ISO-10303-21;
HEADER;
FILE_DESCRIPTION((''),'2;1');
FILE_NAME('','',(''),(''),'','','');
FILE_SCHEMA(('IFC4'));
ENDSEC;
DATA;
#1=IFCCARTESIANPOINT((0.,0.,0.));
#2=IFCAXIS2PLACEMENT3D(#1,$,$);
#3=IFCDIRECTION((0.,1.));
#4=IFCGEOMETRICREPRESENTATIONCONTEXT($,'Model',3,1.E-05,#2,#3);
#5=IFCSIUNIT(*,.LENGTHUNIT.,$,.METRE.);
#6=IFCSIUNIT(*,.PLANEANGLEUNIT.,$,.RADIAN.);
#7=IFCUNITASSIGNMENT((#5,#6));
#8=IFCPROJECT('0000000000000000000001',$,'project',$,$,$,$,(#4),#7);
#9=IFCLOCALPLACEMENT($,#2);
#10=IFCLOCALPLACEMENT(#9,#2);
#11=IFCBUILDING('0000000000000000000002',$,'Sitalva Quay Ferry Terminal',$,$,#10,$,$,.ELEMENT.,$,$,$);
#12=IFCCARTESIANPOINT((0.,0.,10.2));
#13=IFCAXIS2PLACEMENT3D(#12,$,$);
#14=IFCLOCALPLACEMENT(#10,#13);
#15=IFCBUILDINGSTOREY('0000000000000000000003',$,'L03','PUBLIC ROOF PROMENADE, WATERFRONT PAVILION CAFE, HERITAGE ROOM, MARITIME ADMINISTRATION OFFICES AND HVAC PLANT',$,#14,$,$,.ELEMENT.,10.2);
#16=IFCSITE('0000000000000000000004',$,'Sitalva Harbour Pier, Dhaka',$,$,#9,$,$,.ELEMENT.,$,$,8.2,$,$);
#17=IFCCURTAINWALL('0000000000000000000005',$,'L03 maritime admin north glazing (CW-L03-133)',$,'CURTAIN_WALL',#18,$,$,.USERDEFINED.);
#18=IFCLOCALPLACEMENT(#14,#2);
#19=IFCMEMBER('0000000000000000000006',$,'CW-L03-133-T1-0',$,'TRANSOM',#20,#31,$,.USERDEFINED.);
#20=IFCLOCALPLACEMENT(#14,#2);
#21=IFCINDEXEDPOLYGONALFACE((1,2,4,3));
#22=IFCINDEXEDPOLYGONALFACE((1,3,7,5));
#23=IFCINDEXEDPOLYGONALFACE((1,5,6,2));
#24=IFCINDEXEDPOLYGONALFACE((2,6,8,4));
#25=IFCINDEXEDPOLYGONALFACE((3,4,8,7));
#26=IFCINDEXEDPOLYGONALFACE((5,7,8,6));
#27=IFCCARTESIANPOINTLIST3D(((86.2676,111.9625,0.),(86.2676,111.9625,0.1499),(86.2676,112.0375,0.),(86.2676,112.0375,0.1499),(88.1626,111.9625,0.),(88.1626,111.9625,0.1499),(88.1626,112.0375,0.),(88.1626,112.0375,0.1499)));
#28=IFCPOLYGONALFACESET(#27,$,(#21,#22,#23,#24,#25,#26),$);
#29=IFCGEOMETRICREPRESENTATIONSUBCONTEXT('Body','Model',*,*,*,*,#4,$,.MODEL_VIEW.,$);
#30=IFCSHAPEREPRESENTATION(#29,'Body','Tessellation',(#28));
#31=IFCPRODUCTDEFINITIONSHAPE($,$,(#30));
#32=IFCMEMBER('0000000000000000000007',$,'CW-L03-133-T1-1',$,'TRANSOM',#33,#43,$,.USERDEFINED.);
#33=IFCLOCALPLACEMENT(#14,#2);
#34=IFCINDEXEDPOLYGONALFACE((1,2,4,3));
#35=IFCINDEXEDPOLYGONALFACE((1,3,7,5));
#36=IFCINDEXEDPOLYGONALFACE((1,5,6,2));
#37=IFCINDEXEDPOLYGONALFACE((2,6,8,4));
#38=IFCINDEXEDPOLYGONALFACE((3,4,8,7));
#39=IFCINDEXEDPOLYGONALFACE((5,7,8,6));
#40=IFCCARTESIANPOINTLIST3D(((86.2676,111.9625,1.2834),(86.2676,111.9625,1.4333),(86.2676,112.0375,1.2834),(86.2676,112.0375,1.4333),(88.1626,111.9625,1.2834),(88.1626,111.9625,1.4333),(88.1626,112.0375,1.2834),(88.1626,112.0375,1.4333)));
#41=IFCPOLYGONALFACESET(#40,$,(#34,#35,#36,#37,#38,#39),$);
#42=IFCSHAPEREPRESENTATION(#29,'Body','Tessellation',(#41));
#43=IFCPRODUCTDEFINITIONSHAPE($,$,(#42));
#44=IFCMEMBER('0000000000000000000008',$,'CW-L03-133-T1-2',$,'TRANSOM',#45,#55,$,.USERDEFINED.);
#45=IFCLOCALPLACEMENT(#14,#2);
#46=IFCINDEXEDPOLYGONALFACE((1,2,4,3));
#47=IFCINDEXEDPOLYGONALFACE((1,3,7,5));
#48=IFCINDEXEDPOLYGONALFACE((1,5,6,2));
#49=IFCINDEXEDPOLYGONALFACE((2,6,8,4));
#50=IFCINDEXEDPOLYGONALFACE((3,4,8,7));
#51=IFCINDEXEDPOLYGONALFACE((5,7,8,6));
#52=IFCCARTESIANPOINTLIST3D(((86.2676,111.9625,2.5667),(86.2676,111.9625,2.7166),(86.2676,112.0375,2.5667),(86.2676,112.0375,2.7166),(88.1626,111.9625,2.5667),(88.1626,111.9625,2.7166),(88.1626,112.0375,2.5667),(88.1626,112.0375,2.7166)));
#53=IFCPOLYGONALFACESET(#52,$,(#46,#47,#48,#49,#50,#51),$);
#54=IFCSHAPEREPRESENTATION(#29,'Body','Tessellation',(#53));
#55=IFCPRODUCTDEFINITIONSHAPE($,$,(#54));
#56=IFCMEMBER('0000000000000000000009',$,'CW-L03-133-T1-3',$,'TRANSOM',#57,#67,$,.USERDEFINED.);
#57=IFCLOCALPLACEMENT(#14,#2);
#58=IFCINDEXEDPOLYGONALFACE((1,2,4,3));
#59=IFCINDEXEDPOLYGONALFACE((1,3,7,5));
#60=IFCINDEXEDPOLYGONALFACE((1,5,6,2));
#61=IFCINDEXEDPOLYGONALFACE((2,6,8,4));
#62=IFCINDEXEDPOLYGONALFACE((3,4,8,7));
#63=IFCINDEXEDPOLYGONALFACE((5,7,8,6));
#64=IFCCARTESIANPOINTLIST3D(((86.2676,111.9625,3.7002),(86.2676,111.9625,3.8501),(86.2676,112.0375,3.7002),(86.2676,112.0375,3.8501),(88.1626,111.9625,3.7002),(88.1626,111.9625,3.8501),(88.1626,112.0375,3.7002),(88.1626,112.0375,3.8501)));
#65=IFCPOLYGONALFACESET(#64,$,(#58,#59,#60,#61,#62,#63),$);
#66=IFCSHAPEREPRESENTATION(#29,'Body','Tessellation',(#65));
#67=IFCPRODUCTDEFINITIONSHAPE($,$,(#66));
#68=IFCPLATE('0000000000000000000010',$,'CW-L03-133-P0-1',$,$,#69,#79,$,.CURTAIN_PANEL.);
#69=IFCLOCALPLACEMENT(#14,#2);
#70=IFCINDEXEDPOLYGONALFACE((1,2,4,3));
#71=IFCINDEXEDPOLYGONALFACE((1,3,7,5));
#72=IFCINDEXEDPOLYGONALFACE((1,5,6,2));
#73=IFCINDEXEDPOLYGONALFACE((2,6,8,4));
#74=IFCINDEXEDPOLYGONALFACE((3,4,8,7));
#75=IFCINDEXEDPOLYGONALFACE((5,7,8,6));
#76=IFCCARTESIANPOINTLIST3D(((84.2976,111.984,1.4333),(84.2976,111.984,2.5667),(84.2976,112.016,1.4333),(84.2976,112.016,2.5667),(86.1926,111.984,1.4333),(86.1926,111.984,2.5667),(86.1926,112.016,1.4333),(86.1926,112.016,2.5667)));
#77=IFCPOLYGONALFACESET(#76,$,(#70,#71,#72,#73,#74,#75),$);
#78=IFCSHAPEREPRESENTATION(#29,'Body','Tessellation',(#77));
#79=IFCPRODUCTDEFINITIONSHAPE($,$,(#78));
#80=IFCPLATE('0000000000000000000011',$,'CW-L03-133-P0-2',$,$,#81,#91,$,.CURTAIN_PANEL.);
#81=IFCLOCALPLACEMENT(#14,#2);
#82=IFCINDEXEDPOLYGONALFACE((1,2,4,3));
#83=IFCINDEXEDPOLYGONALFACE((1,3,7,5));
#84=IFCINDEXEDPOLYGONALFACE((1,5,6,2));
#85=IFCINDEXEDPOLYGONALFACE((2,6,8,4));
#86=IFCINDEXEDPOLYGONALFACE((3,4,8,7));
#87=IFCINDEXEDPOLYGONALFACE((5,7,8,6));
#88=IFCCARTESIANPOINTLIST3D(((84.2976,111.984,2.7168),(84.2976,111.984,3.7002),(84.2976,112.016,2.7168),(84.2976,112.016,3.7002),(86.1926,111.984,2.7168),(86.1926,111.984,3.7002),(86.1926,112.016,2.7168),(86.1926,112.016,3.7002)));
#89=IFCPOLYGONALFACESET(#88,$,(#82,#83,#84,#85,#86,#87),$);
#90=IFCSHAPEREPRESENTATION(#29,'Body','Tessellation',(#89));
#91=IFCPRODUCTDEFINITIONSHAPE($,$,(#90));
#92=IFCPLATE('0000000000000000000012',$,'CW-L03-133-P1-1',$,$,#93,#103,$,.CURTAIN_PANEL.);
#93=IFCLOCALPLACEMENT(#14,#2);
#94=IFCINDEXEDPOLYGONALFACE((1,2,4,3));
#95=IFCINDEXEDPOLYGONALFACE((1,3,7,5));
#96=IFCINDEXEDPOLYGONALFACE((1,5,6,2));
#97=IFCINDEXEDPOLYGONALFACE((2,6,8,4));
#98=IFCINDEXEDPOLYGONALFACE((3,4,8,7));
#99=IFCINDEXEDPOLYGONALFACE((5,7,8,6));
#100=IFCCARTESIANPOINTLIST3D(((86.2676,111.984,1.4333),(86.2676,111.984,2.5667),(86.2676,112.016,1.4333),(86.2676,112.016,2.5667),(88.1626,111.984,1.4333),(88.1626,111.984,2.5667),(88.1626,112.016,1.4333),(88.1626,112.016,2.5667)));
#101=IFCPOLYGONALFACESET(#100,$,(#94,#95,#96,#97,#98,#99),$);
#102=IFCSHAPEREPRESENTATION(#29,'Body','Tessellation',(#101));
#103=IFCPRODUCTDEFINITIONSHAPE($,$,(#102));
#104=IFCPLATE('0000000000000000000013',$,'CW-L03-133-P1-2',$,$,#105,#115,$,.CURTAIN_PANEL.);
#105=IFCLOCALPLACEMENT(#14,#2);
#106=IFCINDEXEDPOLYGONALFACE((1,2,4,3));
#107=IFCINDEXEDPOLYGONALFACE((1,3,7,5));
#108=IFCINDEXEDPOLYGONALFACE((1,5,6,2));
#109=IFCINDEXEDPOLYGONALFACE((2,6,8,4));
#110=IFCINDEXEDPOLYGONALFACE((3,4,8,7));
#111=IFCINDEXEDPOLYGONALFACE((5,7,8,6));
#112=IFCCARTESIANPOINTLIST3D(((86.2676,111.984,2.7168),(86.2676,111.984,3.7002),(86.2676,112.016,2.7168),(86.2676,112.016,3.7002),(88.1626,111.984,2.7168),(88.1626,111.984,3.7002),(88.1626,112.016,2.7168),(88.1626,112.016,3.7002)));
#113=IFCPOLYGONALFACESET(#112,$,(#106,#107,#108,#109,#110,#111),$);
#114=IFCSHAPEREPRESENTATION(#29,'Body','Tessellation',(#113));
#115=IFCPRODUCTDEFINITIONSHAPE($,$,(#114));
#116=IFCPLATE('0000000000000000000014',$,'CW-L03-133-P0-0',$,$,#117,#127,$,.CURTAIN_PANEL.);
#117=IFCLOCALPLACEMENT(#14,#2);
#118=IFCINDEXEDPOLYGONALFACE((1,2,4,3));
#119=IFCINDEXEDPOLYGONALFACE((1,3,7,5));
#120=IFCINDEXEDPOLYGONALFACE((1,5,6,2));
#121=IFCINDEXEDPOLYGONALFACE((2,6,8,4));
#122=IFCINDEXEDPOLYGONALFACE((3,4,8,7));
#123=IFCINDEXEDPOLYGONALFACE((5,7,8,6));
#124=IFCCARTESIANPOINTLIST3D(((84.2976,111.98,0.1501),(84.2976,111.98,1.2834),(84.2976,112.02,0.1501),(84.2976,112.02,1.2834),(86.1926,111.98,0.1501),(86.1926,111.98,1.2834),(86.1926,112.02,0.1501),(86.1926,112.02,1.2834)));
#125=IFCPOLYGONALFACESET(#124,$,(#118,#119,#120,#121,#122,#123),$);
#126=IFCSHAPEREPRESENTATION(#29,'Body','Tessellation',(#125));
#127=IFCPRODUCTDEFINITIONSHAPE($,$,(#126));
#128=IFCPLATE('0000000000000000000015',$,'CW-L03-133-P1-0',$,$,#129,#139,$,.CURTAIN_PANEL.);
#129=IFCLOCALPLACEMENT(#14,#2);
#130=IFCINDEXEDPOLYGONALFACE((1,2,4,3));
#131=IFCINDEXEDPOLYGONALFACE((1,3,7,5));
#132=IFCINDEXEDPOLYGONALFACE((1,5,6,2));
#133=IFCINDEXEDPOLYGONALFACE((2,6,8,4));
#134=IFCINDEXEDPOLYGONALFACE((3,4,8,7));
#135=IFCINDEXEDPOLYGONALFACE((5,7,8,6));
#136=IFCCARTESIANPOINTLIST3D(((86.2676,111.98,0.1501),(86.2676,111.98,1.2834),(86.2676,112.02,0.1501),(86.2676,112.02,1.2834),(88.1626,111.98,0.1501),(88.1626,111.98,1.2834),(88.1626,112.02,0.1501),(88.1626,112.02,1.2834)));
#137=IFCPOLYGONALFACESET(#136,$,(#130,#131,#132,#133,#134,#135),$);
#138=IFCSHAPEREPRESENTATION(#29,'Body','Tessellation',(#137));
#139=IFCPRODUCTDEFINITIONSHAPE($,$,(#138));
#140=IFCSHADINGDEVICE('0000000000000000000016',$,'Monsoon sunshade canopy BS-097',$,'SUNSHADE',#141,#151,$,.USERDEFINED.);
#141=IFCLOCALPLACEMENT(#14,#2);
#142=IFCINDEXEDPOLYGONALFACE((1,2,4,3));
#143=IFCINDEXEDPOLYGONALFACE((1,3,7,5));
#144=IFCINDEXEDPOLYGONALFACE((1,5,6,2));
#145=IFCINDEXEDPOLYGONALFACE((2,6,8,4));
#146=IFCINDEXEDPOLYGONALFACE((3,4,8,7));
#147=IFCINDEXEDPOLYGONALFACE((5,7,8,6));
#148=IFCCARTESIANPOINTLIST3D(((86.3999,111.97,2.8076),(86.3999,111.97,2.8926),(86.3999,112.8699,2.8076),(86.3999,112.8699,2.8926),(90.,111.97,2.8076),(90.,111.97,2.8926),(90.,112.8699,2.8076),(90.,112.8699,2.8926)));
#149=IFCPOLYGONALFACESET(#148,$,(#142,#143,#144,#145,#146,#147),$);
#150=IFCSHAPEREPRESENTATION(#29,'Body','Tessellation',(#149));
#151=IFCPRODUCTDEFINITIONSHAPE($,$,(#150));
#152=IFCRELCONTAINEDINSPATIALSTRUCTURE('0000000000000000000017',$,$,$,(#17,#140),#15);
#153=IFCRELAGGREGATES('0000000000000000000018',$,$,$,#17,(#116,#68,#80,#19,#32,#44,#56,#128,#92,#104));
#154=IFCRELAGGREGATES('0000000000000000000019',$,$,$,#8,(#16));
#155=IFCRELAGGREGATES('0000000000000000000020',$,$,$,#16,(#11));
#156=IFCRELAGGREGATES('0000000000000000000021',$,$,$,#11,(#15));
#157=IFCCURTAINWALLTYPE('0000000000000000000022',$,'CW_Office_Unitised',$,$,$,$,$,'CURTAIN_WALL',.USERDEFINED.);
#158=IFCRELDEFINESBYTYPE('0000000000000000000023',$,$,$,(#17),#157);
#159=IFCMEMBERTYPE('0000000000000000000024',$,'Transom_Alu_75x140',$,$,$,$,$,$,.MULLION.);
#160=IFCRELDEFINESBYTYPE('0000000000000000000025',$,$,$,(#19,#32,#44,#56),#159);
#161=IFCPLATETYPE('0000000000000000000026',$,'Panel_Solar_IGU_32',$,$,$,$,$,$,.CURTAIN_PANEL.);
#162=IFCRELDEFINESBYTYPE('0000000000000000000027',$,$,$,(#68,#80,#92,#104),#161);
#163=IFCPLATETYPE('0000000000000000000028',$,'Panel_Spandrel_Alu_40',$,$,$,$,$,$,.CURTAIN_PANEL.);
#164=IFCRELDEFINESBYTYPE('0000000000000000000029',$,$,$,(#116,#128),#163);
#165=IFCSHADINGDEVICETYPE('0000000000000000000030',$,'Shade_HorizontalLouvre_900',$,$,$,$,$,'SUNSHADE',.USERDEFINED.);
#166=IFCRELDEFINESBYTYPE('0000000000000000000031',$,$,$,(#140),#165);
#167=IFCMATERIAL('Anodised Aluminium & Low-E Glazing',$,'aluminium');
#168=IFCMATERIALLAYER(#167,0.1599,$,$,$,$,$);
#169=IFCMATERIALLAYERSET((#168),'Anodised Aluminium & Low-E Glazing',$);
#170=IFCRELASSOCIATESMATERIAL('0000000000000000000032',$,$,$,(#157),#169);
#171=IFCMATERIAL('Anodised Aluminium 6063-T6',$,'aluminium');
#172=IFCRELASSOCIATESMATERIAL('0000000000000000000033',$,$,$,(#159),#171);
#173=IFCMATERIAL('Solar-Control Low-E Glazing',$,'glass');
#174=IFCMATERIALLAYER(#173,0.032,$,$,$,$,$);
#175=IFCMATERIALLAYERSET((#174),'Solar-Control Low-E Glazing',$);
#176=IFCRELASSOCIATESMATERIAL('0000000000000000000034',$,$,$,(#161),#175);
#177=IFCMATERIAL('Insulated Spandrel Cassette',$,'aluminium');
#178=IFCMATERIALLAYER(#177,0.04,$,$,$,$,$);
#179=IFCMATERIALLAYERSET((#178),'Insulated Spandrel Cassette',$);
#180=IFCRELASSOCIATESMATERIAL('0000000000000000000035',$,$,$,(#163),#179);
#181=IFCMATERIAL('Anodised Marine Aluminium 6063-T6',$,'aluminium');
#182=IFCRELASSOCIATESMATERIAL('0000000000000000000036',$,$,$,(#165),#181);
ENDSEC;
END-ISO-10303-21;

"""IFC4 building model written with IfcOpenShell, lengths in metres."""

from ifc_helpers import new_model, si_unit, direction, frame, origin, origin_2d, place, context, subcontext, project, spatial, rectangle, extrude, material, layer, layer_set, material_profile, profile_set, type_object, element, aggregate, save


model = new_model("IFC4")

# Units and contexts
model_context = context("Model", 3, precision=1e-05, world=origin(), true_north=direction((0.0, 1.0)))
body_context = subcontext(model_context, "Body", "Model", "MODEL_VIEW")
ifc_project = project(units=[si_unit("LENGTHUNIT", "METRE"), si_unit("PLANEANGLEUNIT", "RADIAN")], contexts=[model_context])

# Site, building, storey
site_placement = place(None, origin())
site = spatial("IfcSite", under=ifc_project, at=site_placement, Name="Sitalva Harbour Pier, Dhaka", CompositionType="ELEMENT", RefElevation=8.2)
building_placement = place(site_placement, origin())
building = spatial("IfcBuilding", under=site, at=building_placement, Name="Sitalva Quay Ferry Terminal", CompositionType="ELEMENT")
storey_placement = place(building_placement, frame((0.0, 0.0, 10.2)))
storey = spatial("IfcBuildingStorey", under=building, at=storey_placement, Name="L03", Description="PUBLIC ROOF PROMENADE, WATERFRONT PAVILION CAFE, HERITAGE ROOM, MARITIME ADMINISTRATION OFFICES AND HVAC PLANT", CompositionType="ELEMENT", Elevation=10.2)

# Curtain wall, members, plates
ifc_material_1 = material(Name="Anodised Aluminium & Low-E Glazing", Category="aluminium")
ifc_layer_1 = layer(ifc_material_1, 0.1599)
ifc_layer_set_1 = layer_set([ifc_layer_1], Name="Anodised Aluminium & Low-E Glazing")
curtain_wall_type = type_object("IfcCurtainWallType", Name="CW_Office_Unitised", ElementType="CURTAIN_WALL", PredefinedType="USERDEFINED", material=ifc_layer_set_1)
curtain_wall_placement = place(storey_placement, origin())
curtain_wall = element("IfcCurtainWall", 1, at=curtain_wall_placement, inside=storey, type_object=curtain_wall_type, Name="L03 maritime admin north glazing (CW-L03-133)", ObjectType="CURTAIN_WALL", PredefinedType="USERDEFINED")
ifc_material_2 = material(Name="Anodised Aluminium 6063-T6", Category="aluminium")
ifc_material_profile_1 = material_profile(ifc_material_2, rectangle(XDim=0.075, YDim=0.1499, at=origin_2d()), Name="ALU75x150")
ifc_profile_set_1 = profile_set([ifc_material_profile_1], Name="Anodised Aluminium 6063-T6")
member_type_1 = type_object("IfcMemberType", Name="Transom_Alu_75x140", PredefinedType="MULLION", material=ifc_profile_set_1)
member_1_placement = place(storey_placement, frame((86.2676, 112.0, 0.075), z_axis=(1.0, 0.0, 0.0), x_axis=(0.0, 1.0, 0.0)))
member_1 = element("IfcMember", 2, at=member_1_placement, type_object=member_type_1, Name="CW-L03-133-T1-0", ObjectType="TRANSOM", PredefinedType="USERDEFINED", context=body_context, shape_type="SweptSolid", body=[
    extrude(rectangle(XDim=0.075, YDim=0.1499, at=origin_2d()), origin(), (0.0, 0.0, 1.0), 1.895),
])
member_2_placement = place(storey_placement, frame((86.2676, 112.0, 1.3584), z_axis=(1.0, 0.0, 0.0), x_axis=(0.0, 1.0, 0.0)))
member_2 = element("IfcMember", 3, at=member_2_placement, type_object=member_type_1, Name="CW-L03-133-T1-1", ObjectType="TRANSOM", PredefinedType="USERDEFINED", context=body_context, shape_type="SweptSolid", body=[
    extrude(rectangle(XDim=0.075, YDim=0.1499, at=origin_2d()), origin(), (0.0, 0.0, 1.0), 1.895),
])
member_3_placement = place(storey_placement, frame((86.2676, 112.0, 2.6416), z_axis=(1.0, 0.0, 0.0), x_axis=(0.0, 1.0, 0.0)))
member_3 = element("IfcMember", 4, at=member_3_placement, type_object=member_type_1, Name="CW-L03-133-T1-2", ObjectType="TRANSOM", PredefinedType="USERDEFINED", context=body_context, shape_type="SweptSolid", body=[
    extrude(rectangle(XDim=0.075, YDim=0.1499, at=origin_2d()), origin(), (0.0, 0.0, 1.0), 1.895),
])
member_4_placement = place(storey_placement, frame((86.2676, 112.0, 3.7751), z_axis=(1.0, 0.0, 0.0), x_axis=(0.0, 1.0, 0.0)))
member_4 = element("IfcMember", 5, at=member_4_placement, type_object=member_type_1, Name="CW-L03-133-T1-3", ObjectType="TRANSOM", PredefinedType="USERDEFINED", context=body_context, shape_type="SweptSolid", body=[
    extrude(rectangle(XDim=0.075, YDim=0.1499, at=origin_2d()), origin(), (0.0, 0.0, 1.0), 1.895),
])
ifc_material_3 = material(Name="Solar-Control Low-E Glazing", Category="glass")
ifc_layer_2 = layer(ifc_material_3, 0.032)
ifc_layer_set_2 = layer_set([ifc_layer_2], Name="Solar-Control Low-E Glazing")
plate_type_1 = type_object("IfcPlateType", Name="Panel_Solar_IGU_32", PredefinedType="CURTAIN_PANEL", material=ifc_layer_set_2)
plate_1_placement = place(storey_placement, frame((85.2451, 112.0, 1.4333), z_axis=(0.0, 0.0, 1.0), x_axis=(1.0, 0.0, 0.0)))
plate_1 = element("IfcPlate", 6, at=plate_1_placement, type_object=plate_type_1, Name="CW-L03-133-P0-1", PredefinedType="CURTAIN_PANEL", context=body_context, shape_type="SweptSolid", body=[
    extrude(rectangle(XDim=1.895, YDim=0.032, at=origin_2d()), origin(), (0.0, 0.0, 1.0), 1.1333),
])
plate_2_placement = place(storey_placement, frame((85.2451, 112.0, 2.7168), z_axis=(0.0, 0.0, 1.0), x_axis=(1.0, 0.0, 0.0)))
plate_2 = element("IfcPlate", 7, at=plate_2_placement, type_object=plate_type_1, Name="CW-L03-133-P0-2", PredefinedType="CURTAIN_PANEL", context=body_context, shape_type="SweptSolid", body=[
    extrude(rectangle(XDim=1.895, YDim=0.032, at=origin_2d()), origin(), (0.0, 0.0, 1.0), 0.9834),
])
plate_3_placement = place(storey_placement, frame((87.2151, 112.0, 1.4333), z_axis=(0.0, 0.0, 1.0), x_axis=(1.0, 0.0, 0.0)))
plate_3 = element("IfcPlate", 8, at=plate_3_placement, type_object=plate_type_1, Name="CW-L03-133-P1-1", PredefinedType="CURTAIN_PANEL", context=body_context, shape_type="SweptSolid", body=[
    extrude(rectangle(XDim=1.895, YDim=0.032, at=origin_2d()), origin(), (0.0, 0.0, 1.0), 1.1333),
])
plate_4_placement = place(storey_placement, frame((87.2151, 112.0, 2.7168), z_axis=(0.0, 0.0, 1.0), x_axis=(1.0, 0.0, 0.0)))
plate_4 = element("IfcPlate", 9, at=plate_4_placement, type_object=plate_type_1, Name="CW-L03-133-P1-2", PredefinedType="CURTAIN_PANEL", context=body_context, shape_type="SweptSolid", body=[
    extrude(rectangle(XDim=1.895, YDim=0.032, at=origin_2d()), origin(), (0.0, 0.0, 1.0), 0.9834),
])
ifc_material_4 = material(Name="Insulated Spandrel Cassette", Category="aluminium")
ifc_layer_3 = layer(ifc_material_4, 0.04)
ifc_layer_set_3 = layer_set([ifc_layer_3], Name="Insulated Spandrel Cassette")
plate_type_2 = type_object("IfcPlateType", Name="Panel_Spandrel_Alu_40", PredefinedType="CURTAIN_PANEL", material=ifc_layer_set_3)
plate_5_placement = place(storey_placement, frame((85.2451, 112.0, 0.1501), z_axis=(0.0, 0.0, 1.0), x_axis=(1.0, 0.0, 0.0)))
plate_5 = element("IfcPlate", 10, at=plate_5_placement, type_object=plate_type_2, Name="CW-L03-133-P0-0", PredefinedType="CURTAIN_PANEL", context=body_context, shape_type="SweptSolid", body=[
    extrude(rectangle(XDim=1.895, YDim=0.04, at=origin_2d()), origin(), (0.0, 0.0, 1.0), 1.1333),
])
plate_6_placement = place(storey_placement, frame((87.2151, 112.0, 0.1501), z_axis=(0.0, 0.0, 1.0), x_axis=(1.0, 0.0, 0.0)))
plate_6 = element("IfcPlate", 11, at=plate_6_placement, type_object=plate_type_2, Name="CW-L03-133-P1-0", PredefinedType="CURTAIN_PANEL", context=body_context, shape_type="SweptSolid", body=[
    extrude(rectangle(XDim=1.895, YDim=0.04, at=origin_2d()), origin(), (0.0, 0.0, 1.0), 1.1333),
])
aggregate(curtain_wall, [plate_5, plate_1, plate_2, member_1, member_2, member_3, member_4, plate_6, plate_3, plate_4])

# Shading device
ifc_material_5 = material(Name="Anodised Marine Aluminium 6063-T6", Category="aluminium")
shading_device_type = type_object("IfcShadingDeviceType", Name="Shade_HorizontalLouvre_900", ElementType="SUNSHADE", PredefinedType="USERDEFINED", material=ifc_material_5)
shading_device_placement = place(storey_placement, frame((88.2, 112.4199, 2.8076), z_axis=(0.0, 0.0, 1.0), x_axis=(1.0, 0.0, 0.0)))
element("IfcShadingDevice", 12, at=shading_device_placement, inside=storey, type_object=shading_device_type, Name="Monsoon sunshade canopy BS-097", ObjectType="SUNSHADE", PredefinedType="USERDEFINED", context=body_context, shape_type="SweptSolid", body=[
    extrude(rectangle(XDim=3.6001, YDim=0.8999, at=origin_2d()), origin(), (0.0, 0.0, 1.0), 0.085),
])

save(model, "model.ifc")
